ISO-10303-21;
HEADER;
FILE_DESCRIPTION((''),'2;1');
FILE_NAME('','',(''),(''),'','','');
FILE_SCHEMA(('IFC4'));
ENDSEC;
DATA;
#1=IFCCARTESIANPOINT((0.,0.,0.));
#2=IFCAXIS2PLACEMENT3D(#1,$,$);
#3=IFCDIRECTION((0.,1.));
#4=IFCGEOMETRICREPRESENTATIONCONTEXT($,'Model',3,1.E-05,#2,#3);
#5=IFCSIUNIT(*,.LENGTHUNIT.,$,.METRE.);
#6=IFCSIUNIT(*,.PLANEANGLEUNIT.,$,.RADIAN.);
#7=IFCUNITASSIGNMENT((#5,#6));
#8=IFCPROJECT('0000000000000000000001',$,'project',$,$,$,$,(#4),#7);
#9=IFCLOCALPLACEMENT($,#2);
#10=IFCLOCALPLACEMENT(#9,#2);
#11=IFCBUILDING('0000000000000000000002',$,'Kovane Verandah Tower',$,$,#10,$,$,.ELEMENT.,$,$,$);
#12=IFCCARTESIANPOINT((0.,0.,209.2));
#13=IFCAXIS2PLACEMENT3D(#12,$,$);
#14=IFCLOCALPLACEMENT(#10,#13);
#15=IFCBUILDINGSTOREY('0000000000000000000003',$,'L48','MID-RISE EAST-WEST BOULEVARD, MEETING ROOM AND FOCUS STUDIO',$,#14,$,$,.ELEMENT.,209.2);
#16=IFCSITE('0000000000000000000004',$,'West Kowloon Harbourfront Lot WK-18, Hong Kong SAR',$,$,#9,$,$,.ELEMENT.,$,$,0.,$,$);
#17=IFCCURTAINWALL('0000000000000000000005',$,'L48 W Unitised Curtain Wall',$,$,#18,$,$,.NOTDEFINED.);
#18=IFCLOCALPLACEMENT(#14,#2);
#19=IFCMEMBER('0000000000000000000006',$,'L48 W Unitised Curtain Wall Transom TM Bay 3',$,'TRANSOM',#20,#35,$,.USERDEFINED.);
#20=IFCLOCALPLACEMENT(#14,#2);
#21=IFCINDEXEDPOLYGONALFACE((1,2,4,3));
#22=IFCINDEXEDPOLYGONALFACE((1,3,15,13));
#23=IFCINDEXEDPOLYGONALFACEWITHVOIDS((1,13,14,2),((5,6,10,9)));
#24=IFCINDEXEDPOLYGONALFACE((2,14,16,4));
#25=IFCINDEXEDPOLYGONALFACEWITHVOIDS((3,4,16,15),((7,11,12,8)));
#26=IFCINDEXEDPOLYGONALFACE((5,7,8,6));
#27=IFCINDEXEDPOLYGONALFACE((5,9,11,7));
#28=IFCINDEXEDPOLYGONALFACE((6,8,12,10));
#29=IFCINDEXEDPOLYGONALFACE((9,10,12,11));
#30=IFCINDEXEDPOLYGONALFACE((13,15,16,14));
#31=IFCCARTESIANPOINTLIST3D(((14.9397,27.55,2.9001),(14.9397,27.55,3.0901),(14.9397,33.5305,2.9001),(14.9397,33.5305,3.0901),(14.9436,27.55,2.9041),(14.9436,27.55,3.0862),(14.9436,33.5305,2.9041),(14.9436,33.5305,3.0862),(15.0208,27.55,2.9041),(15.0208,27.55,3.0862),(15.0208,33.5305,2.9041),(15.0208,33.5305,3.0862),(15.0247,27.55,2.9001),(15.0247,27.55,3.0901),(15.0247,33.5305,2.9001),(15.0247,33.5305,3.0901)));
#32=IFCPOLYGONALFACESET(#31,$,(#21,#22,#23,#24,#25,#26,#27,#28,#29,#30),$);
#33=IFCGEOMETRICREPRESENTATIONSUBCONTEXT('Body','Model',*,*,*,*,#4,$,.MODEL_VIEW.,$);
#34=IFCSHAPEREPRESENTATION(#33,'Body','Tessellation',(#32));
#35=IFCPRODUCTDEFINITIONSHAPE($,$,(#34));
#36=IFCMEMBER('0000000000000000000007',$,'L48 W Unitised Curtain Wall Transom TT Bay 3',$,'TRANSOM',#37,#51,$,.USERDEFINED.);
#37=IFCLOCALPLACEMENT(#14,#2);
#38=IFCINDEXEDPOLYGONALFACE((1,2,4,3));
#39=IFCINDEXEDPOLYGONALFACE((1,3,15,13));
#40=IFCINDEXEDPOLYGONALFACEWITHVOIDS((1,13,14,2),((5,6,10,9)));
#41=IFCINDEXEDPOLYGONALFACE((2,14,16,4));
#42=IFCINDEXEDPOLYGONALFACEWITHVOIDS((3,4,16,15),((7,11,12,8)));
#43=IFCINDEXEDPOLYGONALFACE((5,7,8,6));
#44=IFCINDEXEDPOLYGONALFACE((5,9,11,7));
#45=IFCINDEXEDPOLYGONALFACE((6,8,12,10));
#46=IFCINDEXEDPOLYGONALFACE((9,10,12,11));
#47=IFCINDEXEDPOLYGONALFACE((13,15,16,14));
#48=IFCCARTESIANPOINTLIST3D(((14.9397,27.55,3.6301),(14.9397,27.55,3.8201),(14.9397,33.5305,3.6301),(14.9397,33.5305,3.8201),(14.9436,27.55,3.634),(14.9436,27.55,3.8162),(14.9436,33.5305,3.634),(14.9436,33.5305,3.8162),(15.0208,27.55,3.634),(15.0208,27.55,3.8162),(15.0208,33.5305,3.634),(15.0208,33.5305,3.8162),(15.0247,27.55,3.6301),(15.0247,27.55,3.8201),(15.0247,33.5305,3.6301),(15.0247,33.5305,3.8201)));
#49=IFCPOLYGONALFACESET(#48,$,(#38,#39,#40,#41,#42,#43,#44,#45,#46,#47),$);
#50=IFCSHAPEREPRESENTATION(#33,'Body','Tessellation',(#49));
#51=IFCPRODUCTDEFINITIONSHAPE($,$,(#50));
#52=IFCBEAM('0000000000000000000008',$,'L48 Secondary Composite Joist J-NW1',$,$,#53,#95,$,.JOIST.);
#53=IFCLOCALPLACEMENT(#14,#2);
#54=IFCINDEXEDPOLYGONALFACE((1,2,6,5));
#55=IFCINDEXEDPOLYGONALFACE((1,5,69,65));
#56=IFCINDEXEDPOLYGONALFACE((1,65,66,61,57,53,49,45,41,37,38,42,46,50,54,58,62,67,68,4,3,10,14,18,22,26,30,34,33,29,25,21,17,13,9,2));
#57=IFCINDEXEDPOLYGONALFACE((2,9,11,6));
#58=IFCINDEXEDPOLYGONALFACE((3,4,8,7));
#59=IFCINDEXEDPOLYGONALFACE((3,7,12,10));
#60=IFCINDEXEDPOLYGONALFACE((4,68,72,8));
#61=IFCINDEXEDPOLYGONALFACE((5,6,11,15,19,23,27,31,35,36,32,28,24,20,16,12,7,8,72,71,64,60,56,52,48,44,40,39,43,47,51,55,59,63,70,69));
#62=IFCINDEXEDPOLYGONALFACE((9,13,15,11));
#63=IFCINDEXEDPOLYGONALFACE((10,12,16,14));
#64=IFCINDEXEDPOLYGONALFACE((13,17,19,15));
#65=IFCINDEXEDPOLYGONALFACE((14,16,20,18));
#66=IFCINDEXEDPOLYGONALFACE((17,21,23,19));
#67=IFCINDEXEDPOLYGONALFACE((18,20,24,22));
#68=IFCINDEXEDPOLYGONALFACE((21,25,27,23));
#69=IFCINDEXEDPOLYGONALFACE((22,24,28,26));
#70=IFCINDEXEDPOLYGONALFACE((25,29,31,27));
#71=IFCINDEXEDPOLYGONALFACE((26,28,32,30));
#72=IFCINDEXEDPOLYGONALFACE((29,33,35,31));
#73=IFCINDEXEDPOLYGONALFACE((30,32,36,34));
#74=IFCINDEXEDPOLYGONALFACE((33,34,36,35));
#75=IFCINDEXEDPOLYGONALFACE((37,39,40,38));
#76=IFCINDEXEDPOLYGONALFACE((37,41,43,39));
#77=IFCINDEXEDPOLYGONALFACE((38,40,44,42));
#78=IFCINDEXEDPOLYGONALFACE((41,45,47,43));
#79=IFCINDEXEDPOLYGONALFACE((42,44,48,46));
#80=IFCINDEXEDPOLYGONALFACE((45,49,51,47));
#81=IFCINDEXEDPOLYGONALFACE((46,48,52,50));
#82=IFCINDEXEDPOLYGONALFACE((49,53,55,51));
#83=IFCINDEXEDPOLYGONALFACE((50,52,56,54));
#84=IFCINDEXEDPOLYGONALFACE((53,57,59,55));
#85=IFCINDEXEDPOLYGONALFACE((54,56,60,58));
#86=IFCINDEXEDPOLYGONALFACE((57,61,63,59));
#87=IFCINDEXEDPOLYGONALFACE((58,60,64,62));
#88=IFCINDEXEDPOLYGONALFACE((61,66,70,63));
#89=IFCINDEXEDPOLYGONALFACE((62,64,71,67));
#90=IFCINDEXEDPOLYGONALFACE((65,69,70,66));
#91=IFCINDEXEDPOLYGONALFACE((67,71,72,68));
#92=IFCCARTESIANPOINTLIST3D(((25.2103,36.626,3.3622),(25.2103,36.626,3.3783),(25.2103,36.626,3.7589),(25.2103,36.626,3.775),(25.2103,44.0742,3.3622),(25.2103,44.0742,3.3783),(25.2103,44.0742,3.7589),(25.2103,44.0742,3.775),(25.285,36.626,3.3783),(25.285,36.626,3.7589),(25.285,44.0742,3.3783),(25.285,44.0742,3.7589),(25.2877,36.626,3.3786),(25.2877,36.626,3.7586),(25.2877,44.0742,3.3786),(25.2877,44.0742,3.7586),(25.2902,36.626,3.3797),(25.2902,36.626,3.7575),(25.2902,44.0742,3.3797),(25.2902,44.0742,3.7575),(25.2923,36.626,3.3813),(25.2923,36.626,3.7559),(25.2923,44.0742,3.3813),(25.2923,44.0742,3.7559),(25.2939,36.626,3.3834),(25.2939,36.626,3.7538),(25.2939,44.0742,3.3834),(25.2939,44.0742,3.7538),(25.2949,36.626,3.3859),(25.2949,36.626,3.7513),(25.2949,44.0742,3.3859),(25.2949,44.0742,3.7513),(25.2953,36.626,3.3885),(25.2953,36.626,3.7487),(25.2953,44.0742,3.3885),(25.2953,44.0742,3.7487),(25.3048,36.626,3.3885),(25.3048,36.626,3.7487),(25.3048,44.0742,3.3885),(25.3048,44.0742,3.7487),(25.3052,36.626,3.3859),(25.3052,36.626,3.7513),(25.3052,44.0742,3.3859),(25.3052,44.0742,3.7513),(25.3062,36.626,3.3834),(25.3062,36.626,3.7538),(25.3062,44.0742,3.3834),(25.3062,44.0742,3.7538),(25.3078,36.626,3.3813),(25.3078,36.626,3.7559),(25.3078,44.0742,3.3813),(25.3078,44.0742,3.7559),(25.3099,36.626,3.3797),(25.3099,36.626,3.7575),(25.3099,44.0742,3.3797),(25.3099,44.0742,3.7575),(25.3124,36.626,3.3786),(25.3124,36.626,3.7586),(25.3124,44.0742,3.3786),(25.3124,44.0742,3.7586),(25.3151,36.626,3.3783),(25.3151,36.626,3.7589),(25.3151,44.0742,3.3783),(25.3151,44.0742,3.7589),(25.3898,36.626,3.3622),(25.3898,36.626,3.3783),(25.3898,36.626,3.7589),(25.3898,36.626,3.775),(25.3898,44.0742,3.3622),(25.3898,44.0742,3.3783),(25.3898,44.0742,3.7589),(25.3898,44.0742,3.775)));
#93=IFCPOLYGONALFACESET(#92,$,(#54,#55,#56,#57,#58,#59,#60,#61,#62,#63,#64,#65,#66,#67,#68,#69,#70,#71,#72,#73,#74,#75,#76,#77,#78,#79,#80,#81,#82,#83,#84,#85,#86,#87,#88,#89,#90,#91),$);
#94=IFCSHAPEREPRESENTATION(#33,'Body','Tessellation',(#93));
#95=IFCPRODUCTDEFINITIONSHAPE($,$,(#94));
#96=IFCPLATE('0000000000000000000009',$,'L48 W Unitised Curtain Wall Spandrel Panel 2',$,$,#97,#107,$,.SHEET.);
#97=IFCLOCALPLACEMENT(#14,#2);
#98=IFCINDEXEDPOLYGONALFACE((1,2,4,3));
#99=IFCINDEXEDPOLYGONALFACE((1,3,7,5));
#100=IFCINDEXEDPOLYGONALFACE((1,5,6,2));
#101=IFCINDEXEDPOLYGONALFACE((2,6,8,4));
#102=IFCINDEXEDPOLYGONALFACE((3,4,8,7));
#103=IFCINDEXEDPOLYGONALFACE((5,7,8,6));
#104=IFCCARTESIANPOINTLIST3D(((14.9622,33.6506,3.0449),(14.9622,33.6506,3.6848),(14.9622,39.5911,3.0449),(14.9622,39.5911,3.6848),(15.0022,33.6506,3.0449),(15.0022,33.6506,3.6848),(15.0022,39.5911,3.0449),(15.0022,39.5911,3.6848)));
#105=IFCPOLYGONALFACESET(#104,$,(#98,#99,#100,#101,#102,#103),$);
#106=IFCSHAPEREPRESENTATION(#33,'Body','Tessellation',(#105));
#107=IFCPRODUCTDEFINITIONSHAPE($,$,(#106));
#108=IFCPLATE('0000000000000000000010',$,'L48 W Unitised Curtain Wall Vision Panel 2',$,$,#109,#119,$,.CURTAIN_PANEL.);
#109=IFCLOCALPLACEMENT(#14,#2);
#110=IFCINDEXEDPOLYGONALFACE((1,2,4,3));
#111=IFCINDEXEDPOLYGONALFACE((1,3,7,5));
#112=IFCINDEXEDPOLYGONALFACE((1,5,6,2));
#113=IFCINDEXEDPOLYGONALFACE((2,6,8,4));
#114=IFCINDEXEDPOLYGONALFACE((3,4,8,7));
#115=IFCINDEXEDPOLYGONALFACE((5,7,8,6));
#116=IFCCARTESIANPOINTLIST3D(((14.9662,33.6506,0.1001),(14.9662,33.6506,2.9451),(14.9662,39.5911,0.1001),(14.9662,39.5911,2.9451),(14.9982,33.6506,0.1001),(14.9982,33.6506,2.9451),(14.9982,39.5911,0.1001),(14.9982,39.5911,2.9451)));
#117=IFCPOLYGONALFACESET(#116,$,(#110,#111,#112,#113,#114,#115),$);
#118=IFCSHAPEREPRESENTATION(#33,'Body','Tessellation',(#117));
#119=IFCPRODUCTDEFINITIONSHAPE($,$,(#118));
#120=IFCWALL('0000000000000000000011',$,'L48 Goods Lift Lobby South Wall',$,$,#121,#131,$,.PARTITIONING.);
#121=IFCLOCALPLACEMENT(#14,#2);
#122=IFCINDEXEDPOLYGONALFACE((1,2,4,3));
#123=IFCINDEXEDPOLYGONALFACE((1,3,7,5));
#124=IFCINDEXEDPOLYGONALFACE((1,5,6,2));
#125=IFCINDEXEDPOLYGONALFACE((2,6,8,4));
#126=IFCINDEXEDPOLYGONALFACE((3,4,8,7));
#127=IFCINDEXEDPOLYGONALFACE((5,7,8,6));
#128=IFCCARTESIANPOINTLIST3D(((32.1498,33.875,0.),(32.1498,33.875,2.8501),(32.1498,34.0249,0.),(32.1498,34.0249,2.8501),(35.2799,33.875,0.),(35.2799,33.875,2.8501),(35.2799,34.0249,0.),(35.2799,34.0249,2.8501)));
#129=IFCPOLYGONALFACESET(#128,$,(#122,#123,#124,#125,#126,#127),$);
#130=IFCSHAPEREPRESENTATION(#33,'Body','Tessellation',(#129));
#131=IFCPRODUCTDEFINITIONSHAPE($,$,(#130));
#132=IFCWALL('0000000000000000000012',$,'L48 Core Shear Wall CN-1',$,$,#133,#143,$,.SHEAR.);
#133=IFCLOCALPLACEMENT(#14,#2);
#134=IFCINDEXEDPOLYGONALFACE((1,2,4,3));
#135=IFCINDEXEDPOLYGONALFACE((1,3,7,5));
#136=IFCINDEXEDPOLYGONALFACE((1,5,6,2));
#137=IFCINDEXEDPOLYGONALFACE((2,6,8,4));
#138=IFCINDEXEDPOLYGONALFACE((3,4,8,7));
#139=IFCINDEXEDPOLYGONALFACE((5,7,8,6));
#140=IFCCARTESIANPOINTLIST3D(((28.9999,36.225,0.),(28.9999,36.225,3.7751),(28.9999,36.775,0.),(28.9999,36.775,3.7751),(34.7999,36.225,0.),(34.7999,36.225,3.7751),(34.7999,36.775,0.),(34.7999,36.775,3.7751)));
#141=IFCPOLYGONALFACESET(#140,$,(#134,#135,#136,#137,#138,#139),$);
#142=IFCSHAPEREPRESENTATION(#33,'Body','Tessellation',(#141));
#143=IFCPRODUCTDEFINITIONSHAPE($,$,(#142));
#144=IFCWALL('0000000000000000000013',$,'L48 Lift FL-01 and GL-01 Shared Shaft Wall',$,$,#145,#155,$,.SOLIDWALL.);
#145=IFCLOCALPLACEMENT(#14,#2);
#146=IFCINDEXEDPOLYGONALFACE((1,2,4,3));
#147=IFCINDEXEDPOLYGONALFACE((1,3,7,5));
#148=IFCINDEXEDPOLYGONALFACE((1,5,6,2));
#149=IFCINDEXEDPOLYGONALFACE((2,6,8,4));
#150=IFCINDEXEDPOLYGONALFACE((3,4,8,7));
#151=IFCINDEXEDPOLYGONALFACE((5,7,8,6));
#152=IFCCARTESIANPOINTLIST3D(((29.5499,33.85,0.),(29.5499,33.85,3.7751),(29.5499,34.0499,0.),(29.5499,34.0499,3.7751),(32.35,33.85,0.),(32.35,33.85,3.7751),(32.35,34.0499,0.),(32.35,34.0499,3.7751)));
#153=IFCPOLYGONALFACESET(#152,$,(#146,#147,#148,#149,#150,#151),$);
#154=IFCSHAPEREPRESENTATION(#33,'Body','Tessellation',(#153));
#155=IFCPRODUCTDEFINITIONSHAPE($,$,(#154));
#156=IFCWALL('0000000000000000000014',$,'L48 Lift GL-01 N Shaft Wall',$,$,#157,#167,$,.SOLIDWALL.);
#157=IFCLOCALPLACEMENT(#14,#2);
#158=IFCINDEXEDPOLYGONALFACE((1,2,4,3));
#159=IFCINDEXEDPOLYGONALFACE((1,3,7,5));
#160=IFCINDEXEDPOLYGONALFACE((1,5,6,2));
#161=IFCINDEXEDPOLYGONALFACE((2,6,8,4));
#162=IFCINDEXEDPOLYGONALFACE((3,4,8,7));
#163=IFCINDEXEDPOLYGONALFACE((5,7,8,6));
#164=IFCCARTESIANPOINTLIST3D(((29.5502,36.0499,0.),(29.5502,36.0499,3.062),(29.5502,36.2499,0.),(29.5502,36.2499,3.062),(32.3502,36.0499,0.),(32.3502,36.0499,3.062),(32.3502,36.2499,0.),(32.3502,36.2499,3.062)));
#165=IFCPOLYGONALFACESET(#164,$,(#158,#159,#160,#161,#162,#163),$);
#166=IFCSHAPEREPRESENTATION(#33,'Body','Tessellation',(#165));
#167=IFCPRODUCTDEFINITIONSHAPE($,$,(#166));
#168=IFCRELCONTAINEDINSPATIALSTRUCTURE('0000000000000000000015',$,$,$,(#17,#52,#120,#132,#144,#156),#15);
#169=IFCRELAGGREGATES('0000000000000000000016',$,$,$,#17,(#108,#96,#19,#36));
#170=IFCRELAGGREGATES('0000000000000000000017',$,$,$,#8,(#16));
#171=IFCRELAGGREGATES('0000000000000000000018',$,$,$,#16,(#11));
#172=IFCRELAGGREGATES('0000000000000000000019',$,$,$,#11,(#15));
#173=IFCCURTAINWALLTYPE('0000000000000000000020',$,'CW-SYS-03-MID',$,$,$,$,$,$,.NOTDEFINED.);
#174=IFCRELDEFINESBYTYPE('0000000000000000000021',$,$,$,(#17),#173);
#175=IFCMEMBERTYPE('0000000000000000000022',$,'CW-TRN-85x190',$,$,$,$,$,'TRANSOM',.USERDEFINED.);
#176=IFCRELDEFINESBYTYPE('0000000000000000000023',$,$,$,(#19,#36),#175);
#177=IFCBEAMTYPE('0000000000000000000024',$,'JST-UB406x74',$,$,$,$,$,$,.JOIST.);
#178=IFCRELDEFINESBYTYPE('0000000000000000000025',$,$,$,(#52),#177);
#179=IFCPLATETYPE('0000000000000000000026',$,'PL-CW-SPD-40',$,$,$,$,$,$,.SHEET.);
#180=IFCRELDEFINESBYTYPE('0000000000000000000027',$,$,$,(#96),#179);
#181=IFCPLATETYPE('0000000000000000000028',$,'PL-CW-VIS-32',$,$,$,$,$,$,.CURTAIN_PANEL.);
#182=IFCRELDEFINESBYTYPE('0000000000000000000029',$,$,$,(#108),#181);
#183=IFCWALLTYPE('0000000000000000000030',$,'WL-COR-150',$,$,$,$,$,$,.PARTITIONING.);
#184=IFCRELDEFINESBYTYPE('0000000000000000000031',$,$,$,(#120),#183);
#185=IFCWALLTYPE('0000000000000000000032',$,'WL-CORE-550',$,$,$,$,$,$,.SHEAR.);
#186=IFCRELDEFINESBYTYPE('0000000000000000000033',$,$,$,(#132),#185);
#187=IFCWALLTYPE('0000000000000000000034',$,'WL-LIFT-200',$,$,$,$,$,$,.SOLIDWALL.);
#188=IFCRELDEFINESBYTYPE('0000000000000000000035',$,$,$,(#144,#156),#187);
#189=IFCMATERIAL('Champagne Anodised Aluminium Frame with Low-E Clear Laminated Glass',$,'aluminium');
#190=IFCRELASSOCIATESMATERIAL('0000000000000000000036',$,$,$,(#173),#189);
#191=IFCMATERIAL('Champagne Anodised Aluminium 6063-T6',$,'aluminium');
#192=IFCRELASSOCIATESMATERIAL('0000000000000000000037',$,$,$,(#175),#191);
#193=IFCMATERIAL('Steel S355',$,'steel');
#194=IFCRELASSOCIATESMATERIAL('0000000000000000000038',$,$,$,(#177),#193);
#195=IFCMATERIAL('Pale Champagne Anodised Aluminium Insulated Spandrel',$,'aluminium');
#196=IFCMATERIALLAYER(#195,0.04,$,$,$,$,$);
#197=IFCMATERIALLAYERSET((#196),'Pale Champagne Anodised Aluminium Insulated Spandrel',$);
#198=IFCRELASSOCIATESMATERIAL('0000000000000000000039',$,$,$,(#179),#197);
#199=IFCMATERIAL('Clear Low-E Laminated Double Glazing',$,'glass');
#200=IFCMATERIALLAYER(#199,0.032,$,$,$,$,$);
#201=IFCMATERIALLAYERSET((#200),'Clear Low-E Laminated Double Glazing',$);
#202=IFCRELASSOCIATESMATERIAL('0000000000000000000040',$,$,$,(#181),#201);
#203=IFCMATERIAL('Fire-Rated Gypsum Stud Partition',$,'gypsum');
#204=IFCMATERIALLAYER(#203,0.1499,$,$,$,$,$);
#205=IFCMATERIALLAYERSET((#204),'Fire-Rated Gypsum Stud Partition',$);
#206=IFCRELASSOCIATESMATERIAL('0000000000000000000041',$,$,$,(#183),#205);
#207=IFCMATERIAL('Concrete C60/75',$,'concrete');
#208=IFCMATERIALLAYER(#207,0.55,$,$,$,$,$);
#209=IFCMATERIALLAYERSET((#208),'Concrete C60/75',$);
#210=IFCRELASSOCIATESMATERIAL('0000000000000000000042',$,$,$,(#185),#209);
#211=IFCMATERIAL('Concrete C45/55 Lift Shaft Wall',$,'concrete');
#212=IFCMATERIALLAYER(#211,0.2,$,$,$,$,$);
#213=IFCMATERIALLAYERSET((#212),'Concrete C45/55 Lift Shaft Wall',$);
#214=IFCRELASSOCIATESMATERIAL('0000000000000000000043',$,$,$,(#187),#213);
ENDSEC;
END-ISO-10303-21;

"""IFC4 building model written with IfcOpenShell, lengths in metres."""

from ifc_helpers import new_model, si_unit, direction, frame, frame_2d, origin, origin_2d, place, context, subcontext, project, spatial, rectangle, hollow_rectangle, i_section, extrude, material, layer, layer_set, material_profile, profile_set, type_object, element, aggregate, save


model = new_model("IFC4")

# Units and contexts
model_context = context("Model", 3, precision=1e-05, world=origin(), true_north=direction((0.0, 1.0)))
body_context = subcontext(model_context, "Body", "Model", "MODEL_VIEW")
ifc_project = project(units=[si_unit("LENGTHUNIT", "METRE"), si_unit("PLANEANGLEUNIT", "RADIAN")], contexts=[model_context])

# Site, building, storey
site_placement = place(None, origin())
site = spatial("IfcSite", under=ifc_project, at=site_placement, Name="West Kowloon Harbourfront Lot WK-18, Hong Kong SAR", CompositionType="ELEMENT", RefElevation=0.0)
building_placement = place(site_placement, origin())
building = spatial("IfcBuilding", under=site, at=building_placement, Name="Kovane Verandah Tower", CompositionType="ELEMENT")
storey_placement = place(building_placement, frame((0.0, 0.0, 209.2)))
storey = spatial("IfcBuildingStorey", under=building, at=storey_placement, Name="L48", Description="MID-RISE EAST-WEST BOULEVARD, MEETING ROOM AND FOCUS STUDIO", CompositionType="ELEMENT", Elevation=209.2)

# Shared definitions
ifc_material_1 = material(Name="Concrete C60/75", Category="concrete")

# Shared definitions
ifc_material_2 = material(Name="Steel S355", Category="steel")

# Curtain wall, members
ifc_material_3 = material(Name="Champagne Anodised Aluminium Frame with Low-E Clear Laminated Glass", Category="aluminium")
curtain_wall_type = type_object("IfcCurtainWallType", Name="CW-SYS-03-MID", PredefinedType="NOTDEFINED", material=ifc_material_3)
curtain_wall_placement = place(storey_placement, origin())
curtain_wall = element("IfcCurtainWall", 1, at=curtain_wall_placement, inside=storey, type_object=curtain_wall_type, Name="L48 W Unitised Curtain Wall", PredefinedType="NOTDEFINED")
ifc_material_4 = material(Name="Champagne Anodised Aluminium 6063-T6", Category="aluminium")
ifc_material_profile_1 = material_profile(ifc_material_4, hollow_rectangle(XDim=0.085, YDim=0.1899, WallThickness=0.0039, at=origin_2d()), Name="AL85x190x4")
ifc_profile_set_1 = profile_set([ifc_material_profile_1], Name="Champagne Anodised Aluminium 6063-T6")
member_type_1 = type_object("IfcMemberType", Name="CW-TRN-85x190", ElementType="TRANSOM", PredefinedType="USERDEFINED", material=ifc_profile_set_1)
member_1_placement = place(storey_placement, frame((14.9822, 33.5305, 2.9951), z_axis=(0.0, -1.0, 0.0), x_axis=(1.0, 0.0, 0.0)))
member_1 = element("IfcMember", 2, at=member_1_placement, type_object=member_type_1, Name="L48 W Unitised Curtain Wall Transom TM Bay 3", ObjectType="TRANSOM", PredefinedType="USERDEFINED", context=body_context, shape_type="SweptSolid", body=[
    extrude(hollow_rectangle(XDim=0.085, YDim=0.1899, WallThickness=0.0039, at=origin_2d()), origin(), (0.0, 0.0, 1.0), 5.9805),
])
member_2_placement = place(storey_placement, frame((14.9822, 33.5305, 3.7251), z_axis=(0.0, -1.0, 0.0), x_axis=(1.0, 0.0, 0.0)))
member_2 = element("IfcMember", 3, at=member_2_placement, type_object=member_type_1, Name="L48 W Unitised Curtain Wall Transom TT Bay 3", ObjectType="TRANSOM", PredefinedType="USERDEFINED", context=body_context, shape_type="SweptSolid", body=[
    extrude(hollow_rectangle(XDim=0.085, YDim=0.1899, WallThickness=0.0039, at=origin_2d()), origin(), (0.0, 0.0, 1.0), 5.9805),
])

# Beam
ifc_material_profile_2 = material_profile(ifc_material_2, i_section(OverallWidth=0.1794, OverallDepth=0.4128, WebThickness=0.0095, FlangeThickness=0.0161, FilletRadius=0.0103, at=origin_2d()), Name="UB406x178x74")
ifc_profile_set_2 = profile_set([ifc_material_profile_2], Name="Steel S355")
beam_type_1 = type_object("IfcBeamType", Name="JST-UB406x74", PredefinedType="JOIST", material=ifc_profile_set_2)
beam_1_placement = place(storey_placement, frame((25.3, 36.626, 3.5686), z_axis=(0.0, 1.0, 0.0), x_axis=(-1.0, 0.0, 0.0)))
element("IfcBeam", 4, at=beam_1_placement, inside=storey, type_object=beam_type_1, Name="L48 Secondary Composite Joist J-NW1", PredefinedType="JOIST", context=body_context, shape_type="SweptSolid", body=[
    extrude(i_section(OverallWidth=0.1794, OverallDepth=0.4128, WebThickness=0.0095, FlangeThickness=0.0161, FilletRadius=0.0103, at=origin_2d()), origin(), (0.0, 0.0, 1.0), 7.4482),
])

# Plates
ifc_material_5 = material(Name="Pale Champagne Anodised Aluminium Insulated Spandrel", Category="aluminium")
ifc_layer_1 = layer(ifc_material_5, 0.04)
ifc_layer_set_1 = layer_set([ifc_layer_1], Name="Pale Champagne Anodised Aluminium Insulated Spandrel")
plate_type_1 = type_object("IfcPlateType", Name="PL-CW-SPD-40", PredefinedType="SHEET", material=ifc_layer_set_1)
plate_1_placement = place(storey_placement, frame((14.9822, 36.6208, 3.0449), z_axis=(0.0, 0.0, 1.0), x_axis=(0.0, -1.0, 0.0)))
plate_1 = element("IfcPlate", 5, at=plate_1_placement, type_object=plate_type_1, Name="L48 W Unitised Curtain Wall Spandrel Panel 2", PredefinedType="SHEET", context=body_context, shape_type="SweptSolid", body=[
    extrude(rectangle(XDim=5.9404, YDim=0.04, at=origin_2d()), origin(), (0.0, 0.0, 1.0), 0.6399),
])
ifc_material_6 = material(Name="Clear Low-E Laminated Double Glazing", Category="glass")
ifc_layer_2 = layer(ifc_material_6, 0.032)
ifc_layer_set_2 = layer_set([ifc_layer_2], Name="Clear Low-E Laminated Double Glazing")
plate_type_2 = type_object("IfcPlateType", Name="PL-CW-VIS-32", PredefinedType="CURTAIN_PANEL", material=ifc_layer_set_2)
plate_2_placement = place(storey_placement, frame((14.9822, 36.6208, 0.1001), z_axis=(0.0, 0.0, 1.0), x_axis=(0.0, -1.0, 0.0)))
plate_2 = element("IfcPlate", 6, at=plate_2_placement, type_object=plate_type_2, Name="L48 W Unitised Curtain Wall Vision Panel 2", PredefinedType="CURTAIN_PANEL", context=body_context, shape_type="SweptSolid", body=[
    extrude(rectangle(XDim=5.9404, YDim=0.032, at=origin_2d()), origin(), (0.0, 0.0, 1.0), 2.845),
])
aggregate(curtain_wall, [plate_2, plate_1, member_1, member_2])

# Walls
ifc_material_7 = material(Name="Fire-Rated Gypsum Stud Partition", Category="gypsum")
ifc_layer_3 = layer(ifc_material_7, 0.1499)
ifc_layer_set_3 = layer_set([ifc_layer_3], Name="Fire-Rated Gypsum Stud Partition")
wall_type_1 = type_object("IfcWallType", Name="WL-COR-150", PredefinedType="PARTITIONING", material=ifc_layer_set_3)
wall_1_placement = place(storey_placement, frame((32.1499, 33.95, 0.0), z_axis=(0.0, 0.0, 1.0), x_axis=(1.0, 0.0, 0.0)))
element("IfcWall", 7, at=wall_1_placement, inside=storey, type_object=wall_type_1, Name="L48 Goods Lift Lobby South Wall", PredefinedType="PARTITIONING", context=body_context, shape_type="SweptSolid", body=[
    extrude(rectangle(XDim=3.1301, YDim=0.1499, at=frame_2d((1.5649, 0.0))), origin(), (0.0, 0.0, 1.0), 2.8501),
])
ifc_layer_4 = layer(ifc_material_1, 0.55)
ifc_layer_set_4 = layer_set([ifc_layer_4], Name="Concrete C60/75")
wall_type_2 = type_object("IfcWallType", Name="WL-CORE-550", PredefinedType="SHEAR", material=ifc_layer_set_4)
wall_2_placement = place(storey_placement, frame((29.0, 36.5, 0.0), z_axis=(0.0, 0.0, 1.0), x_axis=(1.0, 0.0, 0.0)))
element("IfcWall", 8, at=wall_2_placement, inside=storey, type_object=wall_type_2, Name="L48 Core Shear Wall CN-1", PredefinedType="SHEAR", context=body_context, shape_type="SweptSolid", body=[
    extrude(rectangle(XDim=5.8, YDim=0.55, at=frame_2d((2.8999, 0.0))), origin(), (0.0, 0.0, 1.0), 3.7751),
])
ifc_material_8 = material(Name="Concrete C45/55 Lift Shaft Wall", Category="concrete")
ifc_layer_5 = layer(ifc_material_8, 0.2)
ifc_layer_set_5 = layer_set([ifc_layer_5], Name="Concrete C45/55 Lift Shaft Wall")
wall_type_3 = type_object("IfcWallType", Name="WL-LIFT-200", PredefinedType="SOLIDWALL", material=ifc_layer_set_5)
wall_3_placement = place(storey_placement, frame((29.55, 33.95, 0.0), z_axis=(0.0, 0.0, 1.0), x_axis=(1.0, 0.0, 0.0)))
element("IfcWall", 9, at=wall_3_placement, inside=storey, type_object=wall_type_3, Name="L48 Lift FL-01 and GL-01 Shared Shaft Wall", PredefinedType="SOLIDWALL", context=body_context, shape_type="SweptSolid", body=[
    extrude(rectangle(XDim=2.8, YDim=0.2, at=frame_2d((1.3999, 0.0))), origin(), (0.0, 0.0, 1.0), 3.7751),
])
wall_4_placement = place(storey_placement, frame((32.3501, 36.1499, 0.0), z_axis=(0.0, 0.0, 1.0), x_axis=(-1.0, 0.0, 0.0)))
element("IfcWall", 10, at=wall_4_placement, inside=storey, type_object=wall_type_3, Name="L48 Lift GL-01 N Shaft Wall", PredefinedType="SOLIDWALL", context=body_context, shape_type="SweptSolid", body=[
    extrude(rectangle(XDim=2.8, YDim=0.2, at=frame_2d((1.3999, 0.0))), origin(), (0.0, 0.0, 1.0), 3.062),
])

save(model, "model.ifc")
